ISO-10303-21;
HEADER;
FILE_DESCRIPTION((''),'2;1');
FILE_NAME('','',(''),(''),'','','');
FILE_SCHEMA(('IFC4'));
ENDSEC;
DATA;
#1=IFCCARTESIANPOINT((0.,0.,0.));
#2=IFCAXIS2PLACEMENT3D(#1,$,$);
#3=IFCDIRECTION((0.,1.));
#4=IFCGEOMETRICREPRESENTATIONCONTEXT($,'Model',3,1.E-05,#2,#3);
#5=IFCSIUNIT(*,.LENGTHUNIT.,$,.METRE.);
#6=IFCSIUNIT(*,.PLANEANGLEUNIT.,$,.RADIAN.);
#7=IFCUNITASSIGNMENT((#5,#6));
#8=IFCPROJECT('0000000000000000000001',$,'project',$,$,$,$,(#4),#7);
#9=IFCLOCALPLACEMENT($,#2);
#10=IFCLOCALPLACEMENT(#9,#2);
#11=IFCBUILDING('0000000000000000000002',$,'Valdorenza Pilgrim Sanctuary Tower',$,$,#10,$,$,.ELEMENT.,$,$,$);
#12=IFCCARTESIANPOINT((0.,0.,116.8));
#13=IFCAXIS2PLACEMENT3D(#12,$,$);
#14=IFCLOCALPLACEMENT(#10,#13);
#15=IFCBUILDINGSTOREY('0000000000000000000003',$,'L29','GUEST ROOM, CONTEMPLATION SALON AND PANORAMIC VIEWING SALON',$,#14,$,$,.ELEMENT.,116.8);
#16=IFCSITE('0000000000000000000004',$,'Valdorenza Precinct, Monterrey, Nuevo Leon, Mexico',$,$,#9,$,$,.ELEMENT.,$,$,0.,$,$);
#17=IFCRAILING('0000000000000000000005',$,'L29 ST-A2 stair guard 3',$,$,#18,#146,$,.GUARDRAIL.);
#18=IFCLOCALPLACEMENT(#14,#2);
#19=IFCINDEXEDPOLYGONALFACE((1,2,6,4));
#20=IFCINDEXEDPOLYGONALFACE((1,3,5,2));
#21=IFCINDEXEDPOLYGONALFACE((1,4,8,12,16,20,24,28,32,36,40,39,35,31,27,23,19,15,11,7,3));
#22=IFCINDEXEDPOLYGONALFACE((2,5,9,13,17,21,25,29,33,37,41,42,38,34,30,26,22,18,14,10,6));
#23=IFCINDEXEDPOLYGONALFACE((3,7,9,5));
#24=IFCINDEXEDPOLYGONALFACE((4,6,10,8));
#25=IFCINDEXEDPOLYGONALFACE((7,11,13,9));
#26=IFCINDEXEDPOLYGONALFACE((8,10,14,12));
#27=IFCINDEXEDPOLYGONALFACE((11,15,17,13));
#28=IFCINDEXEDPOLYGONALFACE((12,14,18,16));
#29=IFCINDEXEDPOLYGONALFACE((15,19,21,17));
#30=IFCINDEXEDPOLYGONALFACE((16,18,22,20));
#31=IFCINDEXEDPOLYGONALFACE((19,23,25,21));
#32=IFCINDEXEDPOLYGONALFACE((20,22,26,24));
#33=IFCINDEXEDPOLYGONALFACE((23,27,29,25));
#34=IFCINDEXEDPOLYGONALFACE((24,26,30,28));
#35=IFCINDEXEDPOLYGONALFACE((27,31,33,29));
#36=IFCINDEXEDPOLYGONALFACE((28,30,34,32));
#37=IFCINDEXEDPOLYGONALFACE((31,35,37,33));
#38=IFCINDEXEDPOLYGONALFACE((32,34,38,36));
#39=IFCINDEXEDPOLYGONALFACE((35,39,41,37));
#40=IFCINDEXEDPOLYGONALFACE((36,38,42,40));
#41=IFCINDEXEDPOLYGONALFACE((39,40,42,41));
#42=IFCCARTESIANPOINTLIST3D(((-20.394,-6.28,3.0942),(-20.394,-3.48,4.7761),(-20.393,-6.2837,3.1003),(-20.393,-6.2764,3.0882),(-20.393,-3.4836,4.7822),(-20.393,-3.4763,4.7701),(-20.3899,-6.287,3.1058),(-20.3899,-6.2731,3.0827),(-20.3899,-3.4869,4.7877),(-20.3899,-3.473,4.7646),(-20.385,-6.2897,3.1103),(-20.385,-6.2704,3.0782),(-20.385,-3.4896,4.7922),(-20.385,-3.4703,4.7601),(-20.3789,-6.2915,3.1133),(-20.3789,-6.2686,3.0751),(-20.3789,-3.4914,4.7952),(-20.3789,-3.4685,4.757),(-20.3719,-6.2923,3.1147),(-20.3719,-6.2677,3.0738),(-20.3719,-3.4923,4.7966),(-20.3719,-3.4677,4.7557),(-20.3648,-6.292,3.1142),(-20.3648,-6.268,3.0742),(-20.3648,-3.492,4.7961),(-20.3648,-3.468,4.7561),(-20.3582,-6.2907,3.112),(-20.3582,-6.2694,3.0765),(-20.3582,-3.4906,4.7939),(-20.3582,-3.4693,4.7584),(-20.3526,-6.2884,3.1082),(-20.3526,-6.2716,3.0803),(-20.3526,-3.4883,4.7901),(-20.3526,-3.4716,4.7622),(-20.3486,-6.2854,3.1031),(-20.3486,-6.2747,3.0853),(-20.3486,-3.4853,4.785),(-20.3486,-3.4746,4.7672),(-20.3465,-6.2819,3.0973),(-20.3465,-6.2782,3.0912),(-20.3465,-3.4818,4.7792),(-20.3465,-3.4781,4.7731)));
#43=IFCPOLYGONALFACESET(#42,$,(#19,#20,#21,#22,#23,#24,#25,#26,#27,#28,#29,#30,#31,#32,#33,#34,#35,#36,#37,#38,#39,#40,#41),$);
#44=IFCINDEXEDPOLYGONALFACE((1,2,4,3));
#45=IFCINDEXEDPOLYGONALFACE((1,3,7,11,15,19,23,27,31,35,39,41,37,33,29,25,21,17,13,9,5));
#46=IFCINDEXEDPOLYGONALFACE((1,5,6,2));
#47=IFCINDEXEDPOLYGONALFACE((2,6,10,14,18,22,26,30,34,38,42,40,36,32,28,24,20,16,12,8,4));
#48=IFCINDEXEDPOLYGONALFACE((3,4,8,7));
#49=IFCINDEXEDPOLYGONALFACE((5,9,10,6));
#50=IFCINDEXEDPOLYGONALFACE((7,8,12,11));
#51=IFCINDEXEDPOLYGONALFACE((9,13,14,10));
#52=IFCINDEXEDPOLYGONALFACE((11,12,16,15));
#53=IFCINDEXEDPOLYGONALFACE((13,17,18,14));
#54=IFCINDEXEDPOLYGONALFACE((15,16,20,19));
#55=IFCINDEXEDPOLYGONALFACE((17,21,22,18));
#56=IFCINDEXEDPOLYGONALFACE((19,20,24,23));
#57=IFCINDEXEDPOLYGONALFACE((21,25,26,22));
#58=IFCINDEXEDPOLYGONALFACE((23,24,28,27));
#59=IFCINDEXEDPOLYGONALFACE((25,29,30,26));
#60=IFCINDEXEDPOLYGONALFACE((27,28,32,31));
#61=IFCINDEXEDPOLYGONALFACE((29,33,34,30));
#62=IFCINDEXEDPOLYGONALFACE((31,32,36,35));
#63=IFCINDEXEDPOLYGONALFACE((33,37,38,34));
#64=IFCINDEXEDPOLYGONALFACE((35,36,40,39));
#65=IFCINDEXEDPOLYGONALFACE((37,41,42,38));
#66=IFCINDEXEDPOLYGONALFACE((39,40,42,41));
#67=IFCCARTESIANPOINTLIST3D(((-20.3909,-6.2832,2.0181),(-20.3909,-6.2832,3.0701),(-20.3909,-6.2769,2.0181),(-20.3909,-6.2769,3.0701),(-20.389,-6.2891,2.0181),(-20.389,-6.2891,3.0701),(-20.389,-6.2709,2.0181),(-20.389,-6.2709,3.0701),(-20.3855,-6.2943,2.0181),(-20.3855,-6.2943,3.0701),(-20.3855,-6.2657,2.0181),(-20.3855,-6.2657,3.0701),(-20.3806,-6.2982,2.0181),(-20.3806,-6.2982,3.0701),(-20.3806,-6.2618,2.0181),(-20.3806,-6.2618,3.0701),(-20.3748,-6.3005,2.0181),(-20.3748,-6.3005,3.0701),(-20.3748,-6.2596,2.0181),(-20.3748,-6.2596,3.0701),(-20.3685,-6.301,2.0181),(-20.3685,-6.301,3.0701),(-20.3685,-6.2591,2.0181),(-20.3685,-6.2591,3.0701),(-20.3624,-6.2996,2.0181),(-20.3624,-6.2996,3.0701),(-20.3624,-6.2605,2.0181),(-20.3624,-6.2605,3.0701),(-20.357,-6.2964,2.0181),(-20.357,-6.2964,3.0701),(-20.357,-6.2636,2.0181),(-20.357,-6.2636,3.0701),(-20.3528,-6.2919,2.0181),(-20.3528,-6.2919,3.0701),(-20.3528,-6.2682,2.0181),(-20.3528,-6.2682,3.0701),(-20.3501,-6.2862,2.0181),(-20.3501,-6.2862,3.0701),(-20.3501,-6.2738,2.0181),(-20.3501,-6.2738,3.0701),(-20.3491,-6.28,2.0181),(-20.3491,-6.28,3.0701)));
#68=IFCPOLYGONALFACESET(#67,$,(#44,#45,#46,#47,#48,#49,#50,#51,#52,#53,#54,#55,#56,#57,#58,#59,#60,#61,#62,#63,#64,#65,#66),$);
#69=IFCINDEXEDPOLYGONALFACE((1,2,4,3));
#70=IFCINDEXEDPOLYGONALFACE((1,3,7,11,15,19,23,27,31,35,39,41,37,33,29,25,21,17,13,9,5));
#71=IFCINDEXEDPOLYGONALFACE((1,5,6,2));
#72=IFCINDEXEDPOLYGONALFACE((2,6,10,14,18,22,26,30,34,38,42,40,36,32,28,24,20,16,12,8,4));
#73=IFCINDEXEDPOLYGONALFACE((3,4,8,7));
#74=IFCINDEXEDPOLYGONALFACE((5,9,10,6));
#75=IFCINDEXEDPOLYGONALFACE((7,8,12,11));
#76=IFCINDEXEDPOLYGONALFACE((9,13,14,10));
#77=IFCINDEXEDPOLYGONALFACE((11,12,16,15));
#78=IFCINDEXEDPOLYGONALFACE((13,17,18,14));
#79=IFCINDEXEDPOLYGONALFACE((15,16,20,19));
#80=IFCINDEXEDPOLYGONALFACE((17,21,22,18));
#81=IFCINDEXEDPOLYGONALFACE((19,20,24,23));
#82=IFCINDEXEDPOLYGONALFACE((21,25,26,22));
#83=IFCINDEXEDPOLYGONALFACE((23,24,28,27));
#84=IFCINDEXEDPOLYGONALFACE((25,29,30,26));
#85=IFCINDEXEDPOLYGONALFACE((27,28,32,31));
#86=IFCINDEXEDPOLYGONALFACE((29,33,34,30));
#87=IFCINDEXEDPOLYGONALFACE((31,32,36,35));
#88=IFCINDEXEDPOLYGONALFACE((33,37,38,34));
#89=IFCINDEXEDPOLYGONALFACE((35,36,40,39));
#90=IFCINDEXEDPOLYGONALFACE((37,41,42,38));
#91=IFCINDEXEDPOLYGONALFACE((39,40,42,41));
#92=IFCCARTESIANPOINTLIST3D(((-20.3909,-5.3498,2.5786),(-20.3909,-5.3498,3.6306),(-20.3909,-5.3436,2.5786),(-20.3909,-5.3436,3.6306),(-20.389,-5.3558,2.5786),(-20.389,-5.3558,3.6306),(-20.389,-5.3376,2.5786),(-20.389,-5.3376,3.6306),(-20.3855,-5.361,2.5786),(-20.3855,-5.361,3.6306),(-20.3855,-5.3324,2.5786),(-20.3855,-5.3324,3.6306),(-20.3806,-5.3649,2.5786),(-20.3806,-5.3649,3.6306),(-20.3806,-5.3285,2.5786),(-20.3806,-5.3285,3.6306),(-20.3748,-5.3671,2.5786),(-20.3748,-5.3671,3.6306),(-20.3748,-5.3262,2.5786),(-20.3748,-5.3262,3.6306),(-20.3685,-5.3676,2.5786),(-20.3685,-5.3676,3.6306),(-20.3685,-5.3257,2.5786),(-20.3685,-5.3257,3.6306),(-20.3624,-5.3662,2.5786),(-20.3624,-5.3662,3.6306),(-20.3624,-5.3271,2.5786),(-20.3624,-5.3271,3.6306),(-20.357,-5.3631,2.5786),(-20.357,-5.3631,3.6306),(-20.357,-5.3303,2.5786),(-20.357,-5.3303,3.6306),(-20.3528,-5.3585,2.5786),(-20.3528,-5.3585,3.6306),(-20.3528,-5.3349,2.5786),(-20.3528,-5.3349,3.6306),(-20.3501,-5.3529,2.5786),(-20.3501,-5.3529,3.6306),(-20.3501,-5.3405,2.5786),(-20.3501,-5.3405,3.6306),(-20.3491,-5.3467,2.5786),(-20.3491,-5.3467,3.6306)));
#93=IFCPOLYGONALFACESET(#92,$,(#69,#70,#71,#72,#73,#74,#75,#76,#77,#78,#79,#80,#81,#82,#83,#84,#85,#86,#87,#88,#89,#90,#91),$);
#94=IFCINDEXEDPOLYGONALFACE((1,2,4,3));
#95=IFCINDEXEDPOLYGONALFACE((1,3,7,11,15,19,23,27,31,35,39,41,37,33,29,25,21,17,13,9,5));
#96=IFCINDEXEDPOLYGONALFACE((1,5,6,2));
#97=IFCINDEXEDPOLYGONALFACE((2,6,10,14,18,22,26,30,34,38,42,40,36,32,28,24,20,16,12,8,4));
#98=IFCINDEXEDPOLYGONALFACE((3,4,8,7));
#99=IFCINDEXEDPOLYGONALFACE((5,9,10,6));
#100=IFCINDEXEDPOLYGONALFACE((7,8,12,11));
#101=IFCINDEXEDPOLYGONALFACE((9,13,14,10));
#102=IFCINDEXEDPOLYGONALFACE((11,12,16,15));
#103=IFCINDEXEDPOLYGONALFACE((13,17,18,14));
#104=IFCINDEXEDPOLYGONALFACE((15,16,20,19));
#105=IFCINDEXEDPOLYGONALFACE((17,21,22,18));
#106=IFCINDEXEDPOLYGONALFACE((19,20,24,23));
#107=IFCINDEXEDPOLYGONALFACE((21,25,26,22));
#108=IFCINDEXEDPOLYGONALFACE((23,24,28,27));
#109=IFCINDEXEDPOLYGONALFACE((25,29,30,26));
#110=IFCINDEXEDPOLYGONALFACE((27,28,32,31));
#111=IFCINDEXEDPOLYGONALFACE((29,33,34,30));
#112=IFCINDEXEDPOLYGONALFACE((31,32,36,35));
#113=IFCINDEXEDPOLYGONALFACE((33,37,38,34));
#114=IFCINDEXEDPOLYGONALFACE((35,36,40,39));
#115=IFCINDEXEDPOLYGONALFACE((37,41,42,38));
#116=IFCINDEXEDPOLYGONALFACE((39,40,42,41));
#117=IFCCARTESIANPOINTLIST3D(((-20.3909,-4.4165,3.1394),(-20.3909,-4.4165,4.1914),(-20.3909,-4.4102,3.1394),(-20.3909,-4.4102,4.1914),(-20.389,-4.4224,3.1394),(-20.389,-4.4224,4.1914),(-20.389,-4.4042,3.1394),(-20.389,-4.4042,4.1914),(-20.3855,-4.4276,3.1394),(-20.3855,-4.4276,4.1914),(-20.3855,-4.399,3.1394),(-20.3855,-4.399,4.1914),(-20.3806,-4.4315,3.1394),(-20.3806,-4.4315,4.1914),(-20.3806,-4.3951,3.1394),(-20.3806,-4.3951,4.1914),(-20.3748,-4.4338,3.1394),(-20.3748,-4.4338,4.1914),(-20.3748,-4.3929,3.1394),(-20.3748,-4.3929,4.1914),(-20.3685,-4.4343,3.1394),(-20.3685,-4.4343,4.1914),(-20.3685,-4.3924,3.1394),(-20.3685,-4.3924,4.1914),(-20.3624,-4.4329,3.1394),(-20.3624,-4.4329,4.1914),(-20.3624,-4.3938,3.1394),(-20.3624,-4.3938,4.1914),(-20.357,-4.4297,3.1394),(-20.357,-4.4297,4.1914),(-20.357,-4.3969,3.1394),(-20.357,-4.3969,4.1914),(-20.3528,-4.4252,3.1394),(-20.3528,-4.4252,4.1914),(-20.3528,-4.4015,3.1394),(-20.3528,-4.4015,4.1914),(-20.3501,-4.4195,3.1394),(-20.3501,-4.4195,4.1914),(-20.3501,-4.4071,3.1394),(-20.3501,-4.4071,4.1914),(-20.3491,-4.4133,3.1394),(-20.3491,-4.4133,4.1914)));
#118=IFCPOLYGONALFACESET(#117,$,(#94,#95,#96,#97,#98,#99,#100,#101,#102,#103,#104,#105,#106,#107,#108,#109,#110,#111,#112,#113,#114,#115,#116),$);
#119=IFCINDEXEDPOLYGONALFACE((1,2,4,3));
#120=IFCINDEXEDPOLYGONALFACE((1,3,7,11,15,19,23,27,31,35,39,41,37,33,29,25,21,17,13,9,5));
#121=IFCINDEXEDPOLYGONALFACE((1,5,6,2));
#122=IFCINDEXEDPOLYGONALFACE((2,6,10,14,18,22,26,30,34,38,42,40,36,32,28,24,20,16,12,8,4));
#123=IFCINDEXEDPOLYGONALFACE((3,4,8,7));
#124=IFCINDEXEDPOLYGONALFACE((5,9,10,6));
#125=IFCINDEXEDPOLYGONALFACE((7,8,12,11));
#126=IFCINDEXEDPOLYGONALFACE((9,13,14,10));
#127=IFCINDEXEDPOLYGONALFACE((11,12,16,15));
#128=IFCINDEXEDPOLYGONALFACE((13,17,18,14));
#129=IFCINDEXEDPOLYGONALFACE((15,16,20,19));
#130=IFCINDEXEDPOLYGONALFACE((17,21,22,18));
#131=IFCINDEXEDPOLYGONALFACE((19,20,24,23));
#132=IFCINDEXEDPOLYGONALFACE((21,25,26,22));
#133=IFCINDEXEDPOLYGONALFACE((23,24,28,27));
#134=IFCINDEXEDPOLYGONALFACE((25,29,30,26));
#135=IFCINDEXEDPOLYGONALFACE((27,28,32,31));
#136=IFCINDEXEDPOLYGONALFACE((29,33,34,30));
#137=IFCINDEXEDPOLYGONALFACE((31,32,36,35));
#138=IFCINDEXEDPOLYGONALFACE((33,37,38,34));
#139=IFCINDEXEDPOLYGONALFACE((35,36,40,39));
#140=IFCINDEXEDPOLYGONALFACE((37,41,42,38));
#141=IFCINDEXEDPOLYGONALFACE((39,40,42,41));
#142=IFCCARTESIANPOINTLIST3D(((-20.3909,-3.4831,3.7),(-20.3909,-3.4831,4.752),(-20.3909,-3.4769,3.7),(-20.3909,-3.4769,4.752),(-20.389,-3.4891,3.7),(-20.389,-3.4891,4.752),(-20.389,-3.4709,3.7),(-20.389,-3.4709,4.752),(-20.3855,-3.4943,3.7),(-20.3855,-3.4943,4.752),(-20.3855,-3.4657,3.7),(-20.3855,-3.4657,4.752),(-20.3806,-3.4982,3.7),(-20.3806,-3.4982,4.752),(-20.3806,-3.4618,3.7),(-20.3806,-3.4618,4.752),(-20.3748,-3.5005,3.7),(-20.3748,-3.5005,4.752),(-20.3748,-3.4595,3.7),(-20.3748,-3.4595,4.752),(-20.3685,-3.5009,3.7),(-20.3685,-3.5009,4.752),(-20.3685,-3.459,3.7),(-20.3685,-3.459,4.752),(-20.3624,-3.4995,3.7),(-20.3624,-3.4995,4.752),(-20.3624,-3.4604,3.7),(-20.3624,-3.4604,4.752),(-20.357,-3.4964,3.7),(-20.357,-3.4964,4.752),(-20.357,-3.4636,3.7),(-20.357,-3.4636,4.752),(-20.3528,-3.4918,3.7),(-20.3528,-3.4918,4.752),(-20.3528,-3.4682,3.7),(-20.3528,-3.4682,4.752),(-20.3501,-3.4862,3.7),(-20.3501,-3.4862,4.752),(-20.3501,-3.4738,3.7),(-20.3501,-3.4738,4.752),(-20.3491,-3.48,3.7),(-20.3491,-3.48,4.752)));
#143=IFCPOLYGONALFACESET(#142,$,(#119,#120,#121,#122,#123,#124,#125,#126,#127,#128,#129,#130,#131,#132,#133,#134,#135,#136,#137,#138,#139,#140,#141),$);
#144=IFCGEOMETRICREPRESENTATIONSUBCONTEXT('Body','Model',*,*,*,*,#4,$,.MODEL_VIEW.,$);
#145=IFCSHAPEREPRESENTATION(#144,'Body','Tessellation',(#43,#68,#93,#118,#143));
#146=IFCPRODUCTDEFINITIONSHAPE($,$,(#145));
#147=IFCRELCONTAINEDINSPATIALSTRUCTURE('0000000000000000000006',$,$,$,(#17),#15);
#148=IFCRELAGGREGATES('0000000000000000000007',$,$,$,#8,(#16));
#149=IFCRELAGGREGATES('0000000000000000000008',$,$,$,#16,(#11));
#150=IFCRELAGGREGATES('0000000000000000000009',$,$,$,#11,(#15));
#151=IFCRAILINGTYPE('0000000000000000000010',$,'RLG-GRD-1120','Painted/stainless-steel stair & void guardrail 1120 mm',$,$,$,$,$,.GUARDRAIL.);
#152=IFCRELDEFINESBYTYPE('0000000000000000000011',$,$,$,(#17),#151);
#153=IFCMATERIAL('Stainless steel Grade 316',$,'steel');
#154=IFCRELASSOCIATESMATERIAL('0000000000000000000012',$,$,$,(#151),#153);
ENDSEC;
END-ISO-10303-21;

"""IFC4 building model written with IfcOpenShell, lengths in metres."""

from ifc_helpers import new_model, si_unit, direction, frame, origin, origin_2d, place, context, subcontext, project, spatial, circle, extrude, material, type_object, element, save


model = new_model("IFC4")

# Units and contexts
model_context = context("Model", 3, precision=1e-05, world=origin(), true_north=direction((0.0, 1.0)))
body_context = subcontext(model_context, "Body", "Model", "MODEL_VIEW")
ifc_project = project(units=[si_unit("LENGTHUNIT", "METRE"), si_unit("PLANEANGLEUNIT", "RADIAN")], contexts=[model_context])

# Site, building, storey
site_placement = place(None, origin())
site = spatial("IfcSite", under=ifc_project, at=site_placement, Name="Valdorenza Precinct, Monterrey, Nuevo Leon, Mexico", CompositionType="ELEMENT", RefElevation=0.0)
building_placement = place(site_placement, origin())
building = spatial("IfcBuilding", under=site, at=building_placement, Name="Valdorenza Pilgrim Sanctuary Tower", CompositionType="ELEMENT")
storey_placement = place(building_placement, frame((0.0, 0.0, 116.8)))
storey = spatial("IfcBuildingStorey", under=building, at=storey_placement, Name="L29", Description="GUEST ROOM, CONTEMPLATION SALON AND PANORAMIC VIEWING SALON", CompositionType="ELEMENT", Elevation=116.8)

# Railing
ifc_material_1 = material(Name="Stainless steel Grade 316", Category="steel")
railing_type_1 = type_object("IfcRailingType", Name="RLG-GRD-1120", Description="Painted/stainless-steel stair & void guardrail 1120 mm", PredefinedType="GUARDRAIL", material=ifc_material_1)
railing_1_placement = place(storey_placement, frame((-20.3701, -6.28, 2.0181)))
element("IfcRailing", 1, at=railing_1_placement, inside=storey, type_object=railing_type_1, Name="L29 ST-A2 stair guard 3", PredefinedType="GUARDRAIL", context=body_context, shape_type="SweptSolid", body=[
    extrude(circle(Radius=0.0239, at=origin_2d()), frame((0.0, 0.0, 1.0762), z_axis=(0.0, 0.857242, 0.514913), x_axis=(-1.0, 0.0, 0.0)), (0.0, 0.0, 1.0), 3.2664),
    extrude(circle(Radius=0.021, at=origin_2d()), origin(), (0.0, 0.0, 1.0), 1.052),
    extrude(circle(Radius=0.021, at=origin_2d()), frame((0.0, 0.9333, 0.5605)), (0.0, 0.0, 1.0), 1.052),
    extrude(circle(Radius=0.021, at=origin_2d()), frame((0.0, 1.8667, 1.1213)), (0.0, 0.0, 1.0), 1.052),
    extrude(circle(Radius=0.021, at=origin_2d()), frame((0.0, 2.8, 1.6819)), (0.0, 0.0, 1.0), 1.052),
])

save(model, "model.ifc")
